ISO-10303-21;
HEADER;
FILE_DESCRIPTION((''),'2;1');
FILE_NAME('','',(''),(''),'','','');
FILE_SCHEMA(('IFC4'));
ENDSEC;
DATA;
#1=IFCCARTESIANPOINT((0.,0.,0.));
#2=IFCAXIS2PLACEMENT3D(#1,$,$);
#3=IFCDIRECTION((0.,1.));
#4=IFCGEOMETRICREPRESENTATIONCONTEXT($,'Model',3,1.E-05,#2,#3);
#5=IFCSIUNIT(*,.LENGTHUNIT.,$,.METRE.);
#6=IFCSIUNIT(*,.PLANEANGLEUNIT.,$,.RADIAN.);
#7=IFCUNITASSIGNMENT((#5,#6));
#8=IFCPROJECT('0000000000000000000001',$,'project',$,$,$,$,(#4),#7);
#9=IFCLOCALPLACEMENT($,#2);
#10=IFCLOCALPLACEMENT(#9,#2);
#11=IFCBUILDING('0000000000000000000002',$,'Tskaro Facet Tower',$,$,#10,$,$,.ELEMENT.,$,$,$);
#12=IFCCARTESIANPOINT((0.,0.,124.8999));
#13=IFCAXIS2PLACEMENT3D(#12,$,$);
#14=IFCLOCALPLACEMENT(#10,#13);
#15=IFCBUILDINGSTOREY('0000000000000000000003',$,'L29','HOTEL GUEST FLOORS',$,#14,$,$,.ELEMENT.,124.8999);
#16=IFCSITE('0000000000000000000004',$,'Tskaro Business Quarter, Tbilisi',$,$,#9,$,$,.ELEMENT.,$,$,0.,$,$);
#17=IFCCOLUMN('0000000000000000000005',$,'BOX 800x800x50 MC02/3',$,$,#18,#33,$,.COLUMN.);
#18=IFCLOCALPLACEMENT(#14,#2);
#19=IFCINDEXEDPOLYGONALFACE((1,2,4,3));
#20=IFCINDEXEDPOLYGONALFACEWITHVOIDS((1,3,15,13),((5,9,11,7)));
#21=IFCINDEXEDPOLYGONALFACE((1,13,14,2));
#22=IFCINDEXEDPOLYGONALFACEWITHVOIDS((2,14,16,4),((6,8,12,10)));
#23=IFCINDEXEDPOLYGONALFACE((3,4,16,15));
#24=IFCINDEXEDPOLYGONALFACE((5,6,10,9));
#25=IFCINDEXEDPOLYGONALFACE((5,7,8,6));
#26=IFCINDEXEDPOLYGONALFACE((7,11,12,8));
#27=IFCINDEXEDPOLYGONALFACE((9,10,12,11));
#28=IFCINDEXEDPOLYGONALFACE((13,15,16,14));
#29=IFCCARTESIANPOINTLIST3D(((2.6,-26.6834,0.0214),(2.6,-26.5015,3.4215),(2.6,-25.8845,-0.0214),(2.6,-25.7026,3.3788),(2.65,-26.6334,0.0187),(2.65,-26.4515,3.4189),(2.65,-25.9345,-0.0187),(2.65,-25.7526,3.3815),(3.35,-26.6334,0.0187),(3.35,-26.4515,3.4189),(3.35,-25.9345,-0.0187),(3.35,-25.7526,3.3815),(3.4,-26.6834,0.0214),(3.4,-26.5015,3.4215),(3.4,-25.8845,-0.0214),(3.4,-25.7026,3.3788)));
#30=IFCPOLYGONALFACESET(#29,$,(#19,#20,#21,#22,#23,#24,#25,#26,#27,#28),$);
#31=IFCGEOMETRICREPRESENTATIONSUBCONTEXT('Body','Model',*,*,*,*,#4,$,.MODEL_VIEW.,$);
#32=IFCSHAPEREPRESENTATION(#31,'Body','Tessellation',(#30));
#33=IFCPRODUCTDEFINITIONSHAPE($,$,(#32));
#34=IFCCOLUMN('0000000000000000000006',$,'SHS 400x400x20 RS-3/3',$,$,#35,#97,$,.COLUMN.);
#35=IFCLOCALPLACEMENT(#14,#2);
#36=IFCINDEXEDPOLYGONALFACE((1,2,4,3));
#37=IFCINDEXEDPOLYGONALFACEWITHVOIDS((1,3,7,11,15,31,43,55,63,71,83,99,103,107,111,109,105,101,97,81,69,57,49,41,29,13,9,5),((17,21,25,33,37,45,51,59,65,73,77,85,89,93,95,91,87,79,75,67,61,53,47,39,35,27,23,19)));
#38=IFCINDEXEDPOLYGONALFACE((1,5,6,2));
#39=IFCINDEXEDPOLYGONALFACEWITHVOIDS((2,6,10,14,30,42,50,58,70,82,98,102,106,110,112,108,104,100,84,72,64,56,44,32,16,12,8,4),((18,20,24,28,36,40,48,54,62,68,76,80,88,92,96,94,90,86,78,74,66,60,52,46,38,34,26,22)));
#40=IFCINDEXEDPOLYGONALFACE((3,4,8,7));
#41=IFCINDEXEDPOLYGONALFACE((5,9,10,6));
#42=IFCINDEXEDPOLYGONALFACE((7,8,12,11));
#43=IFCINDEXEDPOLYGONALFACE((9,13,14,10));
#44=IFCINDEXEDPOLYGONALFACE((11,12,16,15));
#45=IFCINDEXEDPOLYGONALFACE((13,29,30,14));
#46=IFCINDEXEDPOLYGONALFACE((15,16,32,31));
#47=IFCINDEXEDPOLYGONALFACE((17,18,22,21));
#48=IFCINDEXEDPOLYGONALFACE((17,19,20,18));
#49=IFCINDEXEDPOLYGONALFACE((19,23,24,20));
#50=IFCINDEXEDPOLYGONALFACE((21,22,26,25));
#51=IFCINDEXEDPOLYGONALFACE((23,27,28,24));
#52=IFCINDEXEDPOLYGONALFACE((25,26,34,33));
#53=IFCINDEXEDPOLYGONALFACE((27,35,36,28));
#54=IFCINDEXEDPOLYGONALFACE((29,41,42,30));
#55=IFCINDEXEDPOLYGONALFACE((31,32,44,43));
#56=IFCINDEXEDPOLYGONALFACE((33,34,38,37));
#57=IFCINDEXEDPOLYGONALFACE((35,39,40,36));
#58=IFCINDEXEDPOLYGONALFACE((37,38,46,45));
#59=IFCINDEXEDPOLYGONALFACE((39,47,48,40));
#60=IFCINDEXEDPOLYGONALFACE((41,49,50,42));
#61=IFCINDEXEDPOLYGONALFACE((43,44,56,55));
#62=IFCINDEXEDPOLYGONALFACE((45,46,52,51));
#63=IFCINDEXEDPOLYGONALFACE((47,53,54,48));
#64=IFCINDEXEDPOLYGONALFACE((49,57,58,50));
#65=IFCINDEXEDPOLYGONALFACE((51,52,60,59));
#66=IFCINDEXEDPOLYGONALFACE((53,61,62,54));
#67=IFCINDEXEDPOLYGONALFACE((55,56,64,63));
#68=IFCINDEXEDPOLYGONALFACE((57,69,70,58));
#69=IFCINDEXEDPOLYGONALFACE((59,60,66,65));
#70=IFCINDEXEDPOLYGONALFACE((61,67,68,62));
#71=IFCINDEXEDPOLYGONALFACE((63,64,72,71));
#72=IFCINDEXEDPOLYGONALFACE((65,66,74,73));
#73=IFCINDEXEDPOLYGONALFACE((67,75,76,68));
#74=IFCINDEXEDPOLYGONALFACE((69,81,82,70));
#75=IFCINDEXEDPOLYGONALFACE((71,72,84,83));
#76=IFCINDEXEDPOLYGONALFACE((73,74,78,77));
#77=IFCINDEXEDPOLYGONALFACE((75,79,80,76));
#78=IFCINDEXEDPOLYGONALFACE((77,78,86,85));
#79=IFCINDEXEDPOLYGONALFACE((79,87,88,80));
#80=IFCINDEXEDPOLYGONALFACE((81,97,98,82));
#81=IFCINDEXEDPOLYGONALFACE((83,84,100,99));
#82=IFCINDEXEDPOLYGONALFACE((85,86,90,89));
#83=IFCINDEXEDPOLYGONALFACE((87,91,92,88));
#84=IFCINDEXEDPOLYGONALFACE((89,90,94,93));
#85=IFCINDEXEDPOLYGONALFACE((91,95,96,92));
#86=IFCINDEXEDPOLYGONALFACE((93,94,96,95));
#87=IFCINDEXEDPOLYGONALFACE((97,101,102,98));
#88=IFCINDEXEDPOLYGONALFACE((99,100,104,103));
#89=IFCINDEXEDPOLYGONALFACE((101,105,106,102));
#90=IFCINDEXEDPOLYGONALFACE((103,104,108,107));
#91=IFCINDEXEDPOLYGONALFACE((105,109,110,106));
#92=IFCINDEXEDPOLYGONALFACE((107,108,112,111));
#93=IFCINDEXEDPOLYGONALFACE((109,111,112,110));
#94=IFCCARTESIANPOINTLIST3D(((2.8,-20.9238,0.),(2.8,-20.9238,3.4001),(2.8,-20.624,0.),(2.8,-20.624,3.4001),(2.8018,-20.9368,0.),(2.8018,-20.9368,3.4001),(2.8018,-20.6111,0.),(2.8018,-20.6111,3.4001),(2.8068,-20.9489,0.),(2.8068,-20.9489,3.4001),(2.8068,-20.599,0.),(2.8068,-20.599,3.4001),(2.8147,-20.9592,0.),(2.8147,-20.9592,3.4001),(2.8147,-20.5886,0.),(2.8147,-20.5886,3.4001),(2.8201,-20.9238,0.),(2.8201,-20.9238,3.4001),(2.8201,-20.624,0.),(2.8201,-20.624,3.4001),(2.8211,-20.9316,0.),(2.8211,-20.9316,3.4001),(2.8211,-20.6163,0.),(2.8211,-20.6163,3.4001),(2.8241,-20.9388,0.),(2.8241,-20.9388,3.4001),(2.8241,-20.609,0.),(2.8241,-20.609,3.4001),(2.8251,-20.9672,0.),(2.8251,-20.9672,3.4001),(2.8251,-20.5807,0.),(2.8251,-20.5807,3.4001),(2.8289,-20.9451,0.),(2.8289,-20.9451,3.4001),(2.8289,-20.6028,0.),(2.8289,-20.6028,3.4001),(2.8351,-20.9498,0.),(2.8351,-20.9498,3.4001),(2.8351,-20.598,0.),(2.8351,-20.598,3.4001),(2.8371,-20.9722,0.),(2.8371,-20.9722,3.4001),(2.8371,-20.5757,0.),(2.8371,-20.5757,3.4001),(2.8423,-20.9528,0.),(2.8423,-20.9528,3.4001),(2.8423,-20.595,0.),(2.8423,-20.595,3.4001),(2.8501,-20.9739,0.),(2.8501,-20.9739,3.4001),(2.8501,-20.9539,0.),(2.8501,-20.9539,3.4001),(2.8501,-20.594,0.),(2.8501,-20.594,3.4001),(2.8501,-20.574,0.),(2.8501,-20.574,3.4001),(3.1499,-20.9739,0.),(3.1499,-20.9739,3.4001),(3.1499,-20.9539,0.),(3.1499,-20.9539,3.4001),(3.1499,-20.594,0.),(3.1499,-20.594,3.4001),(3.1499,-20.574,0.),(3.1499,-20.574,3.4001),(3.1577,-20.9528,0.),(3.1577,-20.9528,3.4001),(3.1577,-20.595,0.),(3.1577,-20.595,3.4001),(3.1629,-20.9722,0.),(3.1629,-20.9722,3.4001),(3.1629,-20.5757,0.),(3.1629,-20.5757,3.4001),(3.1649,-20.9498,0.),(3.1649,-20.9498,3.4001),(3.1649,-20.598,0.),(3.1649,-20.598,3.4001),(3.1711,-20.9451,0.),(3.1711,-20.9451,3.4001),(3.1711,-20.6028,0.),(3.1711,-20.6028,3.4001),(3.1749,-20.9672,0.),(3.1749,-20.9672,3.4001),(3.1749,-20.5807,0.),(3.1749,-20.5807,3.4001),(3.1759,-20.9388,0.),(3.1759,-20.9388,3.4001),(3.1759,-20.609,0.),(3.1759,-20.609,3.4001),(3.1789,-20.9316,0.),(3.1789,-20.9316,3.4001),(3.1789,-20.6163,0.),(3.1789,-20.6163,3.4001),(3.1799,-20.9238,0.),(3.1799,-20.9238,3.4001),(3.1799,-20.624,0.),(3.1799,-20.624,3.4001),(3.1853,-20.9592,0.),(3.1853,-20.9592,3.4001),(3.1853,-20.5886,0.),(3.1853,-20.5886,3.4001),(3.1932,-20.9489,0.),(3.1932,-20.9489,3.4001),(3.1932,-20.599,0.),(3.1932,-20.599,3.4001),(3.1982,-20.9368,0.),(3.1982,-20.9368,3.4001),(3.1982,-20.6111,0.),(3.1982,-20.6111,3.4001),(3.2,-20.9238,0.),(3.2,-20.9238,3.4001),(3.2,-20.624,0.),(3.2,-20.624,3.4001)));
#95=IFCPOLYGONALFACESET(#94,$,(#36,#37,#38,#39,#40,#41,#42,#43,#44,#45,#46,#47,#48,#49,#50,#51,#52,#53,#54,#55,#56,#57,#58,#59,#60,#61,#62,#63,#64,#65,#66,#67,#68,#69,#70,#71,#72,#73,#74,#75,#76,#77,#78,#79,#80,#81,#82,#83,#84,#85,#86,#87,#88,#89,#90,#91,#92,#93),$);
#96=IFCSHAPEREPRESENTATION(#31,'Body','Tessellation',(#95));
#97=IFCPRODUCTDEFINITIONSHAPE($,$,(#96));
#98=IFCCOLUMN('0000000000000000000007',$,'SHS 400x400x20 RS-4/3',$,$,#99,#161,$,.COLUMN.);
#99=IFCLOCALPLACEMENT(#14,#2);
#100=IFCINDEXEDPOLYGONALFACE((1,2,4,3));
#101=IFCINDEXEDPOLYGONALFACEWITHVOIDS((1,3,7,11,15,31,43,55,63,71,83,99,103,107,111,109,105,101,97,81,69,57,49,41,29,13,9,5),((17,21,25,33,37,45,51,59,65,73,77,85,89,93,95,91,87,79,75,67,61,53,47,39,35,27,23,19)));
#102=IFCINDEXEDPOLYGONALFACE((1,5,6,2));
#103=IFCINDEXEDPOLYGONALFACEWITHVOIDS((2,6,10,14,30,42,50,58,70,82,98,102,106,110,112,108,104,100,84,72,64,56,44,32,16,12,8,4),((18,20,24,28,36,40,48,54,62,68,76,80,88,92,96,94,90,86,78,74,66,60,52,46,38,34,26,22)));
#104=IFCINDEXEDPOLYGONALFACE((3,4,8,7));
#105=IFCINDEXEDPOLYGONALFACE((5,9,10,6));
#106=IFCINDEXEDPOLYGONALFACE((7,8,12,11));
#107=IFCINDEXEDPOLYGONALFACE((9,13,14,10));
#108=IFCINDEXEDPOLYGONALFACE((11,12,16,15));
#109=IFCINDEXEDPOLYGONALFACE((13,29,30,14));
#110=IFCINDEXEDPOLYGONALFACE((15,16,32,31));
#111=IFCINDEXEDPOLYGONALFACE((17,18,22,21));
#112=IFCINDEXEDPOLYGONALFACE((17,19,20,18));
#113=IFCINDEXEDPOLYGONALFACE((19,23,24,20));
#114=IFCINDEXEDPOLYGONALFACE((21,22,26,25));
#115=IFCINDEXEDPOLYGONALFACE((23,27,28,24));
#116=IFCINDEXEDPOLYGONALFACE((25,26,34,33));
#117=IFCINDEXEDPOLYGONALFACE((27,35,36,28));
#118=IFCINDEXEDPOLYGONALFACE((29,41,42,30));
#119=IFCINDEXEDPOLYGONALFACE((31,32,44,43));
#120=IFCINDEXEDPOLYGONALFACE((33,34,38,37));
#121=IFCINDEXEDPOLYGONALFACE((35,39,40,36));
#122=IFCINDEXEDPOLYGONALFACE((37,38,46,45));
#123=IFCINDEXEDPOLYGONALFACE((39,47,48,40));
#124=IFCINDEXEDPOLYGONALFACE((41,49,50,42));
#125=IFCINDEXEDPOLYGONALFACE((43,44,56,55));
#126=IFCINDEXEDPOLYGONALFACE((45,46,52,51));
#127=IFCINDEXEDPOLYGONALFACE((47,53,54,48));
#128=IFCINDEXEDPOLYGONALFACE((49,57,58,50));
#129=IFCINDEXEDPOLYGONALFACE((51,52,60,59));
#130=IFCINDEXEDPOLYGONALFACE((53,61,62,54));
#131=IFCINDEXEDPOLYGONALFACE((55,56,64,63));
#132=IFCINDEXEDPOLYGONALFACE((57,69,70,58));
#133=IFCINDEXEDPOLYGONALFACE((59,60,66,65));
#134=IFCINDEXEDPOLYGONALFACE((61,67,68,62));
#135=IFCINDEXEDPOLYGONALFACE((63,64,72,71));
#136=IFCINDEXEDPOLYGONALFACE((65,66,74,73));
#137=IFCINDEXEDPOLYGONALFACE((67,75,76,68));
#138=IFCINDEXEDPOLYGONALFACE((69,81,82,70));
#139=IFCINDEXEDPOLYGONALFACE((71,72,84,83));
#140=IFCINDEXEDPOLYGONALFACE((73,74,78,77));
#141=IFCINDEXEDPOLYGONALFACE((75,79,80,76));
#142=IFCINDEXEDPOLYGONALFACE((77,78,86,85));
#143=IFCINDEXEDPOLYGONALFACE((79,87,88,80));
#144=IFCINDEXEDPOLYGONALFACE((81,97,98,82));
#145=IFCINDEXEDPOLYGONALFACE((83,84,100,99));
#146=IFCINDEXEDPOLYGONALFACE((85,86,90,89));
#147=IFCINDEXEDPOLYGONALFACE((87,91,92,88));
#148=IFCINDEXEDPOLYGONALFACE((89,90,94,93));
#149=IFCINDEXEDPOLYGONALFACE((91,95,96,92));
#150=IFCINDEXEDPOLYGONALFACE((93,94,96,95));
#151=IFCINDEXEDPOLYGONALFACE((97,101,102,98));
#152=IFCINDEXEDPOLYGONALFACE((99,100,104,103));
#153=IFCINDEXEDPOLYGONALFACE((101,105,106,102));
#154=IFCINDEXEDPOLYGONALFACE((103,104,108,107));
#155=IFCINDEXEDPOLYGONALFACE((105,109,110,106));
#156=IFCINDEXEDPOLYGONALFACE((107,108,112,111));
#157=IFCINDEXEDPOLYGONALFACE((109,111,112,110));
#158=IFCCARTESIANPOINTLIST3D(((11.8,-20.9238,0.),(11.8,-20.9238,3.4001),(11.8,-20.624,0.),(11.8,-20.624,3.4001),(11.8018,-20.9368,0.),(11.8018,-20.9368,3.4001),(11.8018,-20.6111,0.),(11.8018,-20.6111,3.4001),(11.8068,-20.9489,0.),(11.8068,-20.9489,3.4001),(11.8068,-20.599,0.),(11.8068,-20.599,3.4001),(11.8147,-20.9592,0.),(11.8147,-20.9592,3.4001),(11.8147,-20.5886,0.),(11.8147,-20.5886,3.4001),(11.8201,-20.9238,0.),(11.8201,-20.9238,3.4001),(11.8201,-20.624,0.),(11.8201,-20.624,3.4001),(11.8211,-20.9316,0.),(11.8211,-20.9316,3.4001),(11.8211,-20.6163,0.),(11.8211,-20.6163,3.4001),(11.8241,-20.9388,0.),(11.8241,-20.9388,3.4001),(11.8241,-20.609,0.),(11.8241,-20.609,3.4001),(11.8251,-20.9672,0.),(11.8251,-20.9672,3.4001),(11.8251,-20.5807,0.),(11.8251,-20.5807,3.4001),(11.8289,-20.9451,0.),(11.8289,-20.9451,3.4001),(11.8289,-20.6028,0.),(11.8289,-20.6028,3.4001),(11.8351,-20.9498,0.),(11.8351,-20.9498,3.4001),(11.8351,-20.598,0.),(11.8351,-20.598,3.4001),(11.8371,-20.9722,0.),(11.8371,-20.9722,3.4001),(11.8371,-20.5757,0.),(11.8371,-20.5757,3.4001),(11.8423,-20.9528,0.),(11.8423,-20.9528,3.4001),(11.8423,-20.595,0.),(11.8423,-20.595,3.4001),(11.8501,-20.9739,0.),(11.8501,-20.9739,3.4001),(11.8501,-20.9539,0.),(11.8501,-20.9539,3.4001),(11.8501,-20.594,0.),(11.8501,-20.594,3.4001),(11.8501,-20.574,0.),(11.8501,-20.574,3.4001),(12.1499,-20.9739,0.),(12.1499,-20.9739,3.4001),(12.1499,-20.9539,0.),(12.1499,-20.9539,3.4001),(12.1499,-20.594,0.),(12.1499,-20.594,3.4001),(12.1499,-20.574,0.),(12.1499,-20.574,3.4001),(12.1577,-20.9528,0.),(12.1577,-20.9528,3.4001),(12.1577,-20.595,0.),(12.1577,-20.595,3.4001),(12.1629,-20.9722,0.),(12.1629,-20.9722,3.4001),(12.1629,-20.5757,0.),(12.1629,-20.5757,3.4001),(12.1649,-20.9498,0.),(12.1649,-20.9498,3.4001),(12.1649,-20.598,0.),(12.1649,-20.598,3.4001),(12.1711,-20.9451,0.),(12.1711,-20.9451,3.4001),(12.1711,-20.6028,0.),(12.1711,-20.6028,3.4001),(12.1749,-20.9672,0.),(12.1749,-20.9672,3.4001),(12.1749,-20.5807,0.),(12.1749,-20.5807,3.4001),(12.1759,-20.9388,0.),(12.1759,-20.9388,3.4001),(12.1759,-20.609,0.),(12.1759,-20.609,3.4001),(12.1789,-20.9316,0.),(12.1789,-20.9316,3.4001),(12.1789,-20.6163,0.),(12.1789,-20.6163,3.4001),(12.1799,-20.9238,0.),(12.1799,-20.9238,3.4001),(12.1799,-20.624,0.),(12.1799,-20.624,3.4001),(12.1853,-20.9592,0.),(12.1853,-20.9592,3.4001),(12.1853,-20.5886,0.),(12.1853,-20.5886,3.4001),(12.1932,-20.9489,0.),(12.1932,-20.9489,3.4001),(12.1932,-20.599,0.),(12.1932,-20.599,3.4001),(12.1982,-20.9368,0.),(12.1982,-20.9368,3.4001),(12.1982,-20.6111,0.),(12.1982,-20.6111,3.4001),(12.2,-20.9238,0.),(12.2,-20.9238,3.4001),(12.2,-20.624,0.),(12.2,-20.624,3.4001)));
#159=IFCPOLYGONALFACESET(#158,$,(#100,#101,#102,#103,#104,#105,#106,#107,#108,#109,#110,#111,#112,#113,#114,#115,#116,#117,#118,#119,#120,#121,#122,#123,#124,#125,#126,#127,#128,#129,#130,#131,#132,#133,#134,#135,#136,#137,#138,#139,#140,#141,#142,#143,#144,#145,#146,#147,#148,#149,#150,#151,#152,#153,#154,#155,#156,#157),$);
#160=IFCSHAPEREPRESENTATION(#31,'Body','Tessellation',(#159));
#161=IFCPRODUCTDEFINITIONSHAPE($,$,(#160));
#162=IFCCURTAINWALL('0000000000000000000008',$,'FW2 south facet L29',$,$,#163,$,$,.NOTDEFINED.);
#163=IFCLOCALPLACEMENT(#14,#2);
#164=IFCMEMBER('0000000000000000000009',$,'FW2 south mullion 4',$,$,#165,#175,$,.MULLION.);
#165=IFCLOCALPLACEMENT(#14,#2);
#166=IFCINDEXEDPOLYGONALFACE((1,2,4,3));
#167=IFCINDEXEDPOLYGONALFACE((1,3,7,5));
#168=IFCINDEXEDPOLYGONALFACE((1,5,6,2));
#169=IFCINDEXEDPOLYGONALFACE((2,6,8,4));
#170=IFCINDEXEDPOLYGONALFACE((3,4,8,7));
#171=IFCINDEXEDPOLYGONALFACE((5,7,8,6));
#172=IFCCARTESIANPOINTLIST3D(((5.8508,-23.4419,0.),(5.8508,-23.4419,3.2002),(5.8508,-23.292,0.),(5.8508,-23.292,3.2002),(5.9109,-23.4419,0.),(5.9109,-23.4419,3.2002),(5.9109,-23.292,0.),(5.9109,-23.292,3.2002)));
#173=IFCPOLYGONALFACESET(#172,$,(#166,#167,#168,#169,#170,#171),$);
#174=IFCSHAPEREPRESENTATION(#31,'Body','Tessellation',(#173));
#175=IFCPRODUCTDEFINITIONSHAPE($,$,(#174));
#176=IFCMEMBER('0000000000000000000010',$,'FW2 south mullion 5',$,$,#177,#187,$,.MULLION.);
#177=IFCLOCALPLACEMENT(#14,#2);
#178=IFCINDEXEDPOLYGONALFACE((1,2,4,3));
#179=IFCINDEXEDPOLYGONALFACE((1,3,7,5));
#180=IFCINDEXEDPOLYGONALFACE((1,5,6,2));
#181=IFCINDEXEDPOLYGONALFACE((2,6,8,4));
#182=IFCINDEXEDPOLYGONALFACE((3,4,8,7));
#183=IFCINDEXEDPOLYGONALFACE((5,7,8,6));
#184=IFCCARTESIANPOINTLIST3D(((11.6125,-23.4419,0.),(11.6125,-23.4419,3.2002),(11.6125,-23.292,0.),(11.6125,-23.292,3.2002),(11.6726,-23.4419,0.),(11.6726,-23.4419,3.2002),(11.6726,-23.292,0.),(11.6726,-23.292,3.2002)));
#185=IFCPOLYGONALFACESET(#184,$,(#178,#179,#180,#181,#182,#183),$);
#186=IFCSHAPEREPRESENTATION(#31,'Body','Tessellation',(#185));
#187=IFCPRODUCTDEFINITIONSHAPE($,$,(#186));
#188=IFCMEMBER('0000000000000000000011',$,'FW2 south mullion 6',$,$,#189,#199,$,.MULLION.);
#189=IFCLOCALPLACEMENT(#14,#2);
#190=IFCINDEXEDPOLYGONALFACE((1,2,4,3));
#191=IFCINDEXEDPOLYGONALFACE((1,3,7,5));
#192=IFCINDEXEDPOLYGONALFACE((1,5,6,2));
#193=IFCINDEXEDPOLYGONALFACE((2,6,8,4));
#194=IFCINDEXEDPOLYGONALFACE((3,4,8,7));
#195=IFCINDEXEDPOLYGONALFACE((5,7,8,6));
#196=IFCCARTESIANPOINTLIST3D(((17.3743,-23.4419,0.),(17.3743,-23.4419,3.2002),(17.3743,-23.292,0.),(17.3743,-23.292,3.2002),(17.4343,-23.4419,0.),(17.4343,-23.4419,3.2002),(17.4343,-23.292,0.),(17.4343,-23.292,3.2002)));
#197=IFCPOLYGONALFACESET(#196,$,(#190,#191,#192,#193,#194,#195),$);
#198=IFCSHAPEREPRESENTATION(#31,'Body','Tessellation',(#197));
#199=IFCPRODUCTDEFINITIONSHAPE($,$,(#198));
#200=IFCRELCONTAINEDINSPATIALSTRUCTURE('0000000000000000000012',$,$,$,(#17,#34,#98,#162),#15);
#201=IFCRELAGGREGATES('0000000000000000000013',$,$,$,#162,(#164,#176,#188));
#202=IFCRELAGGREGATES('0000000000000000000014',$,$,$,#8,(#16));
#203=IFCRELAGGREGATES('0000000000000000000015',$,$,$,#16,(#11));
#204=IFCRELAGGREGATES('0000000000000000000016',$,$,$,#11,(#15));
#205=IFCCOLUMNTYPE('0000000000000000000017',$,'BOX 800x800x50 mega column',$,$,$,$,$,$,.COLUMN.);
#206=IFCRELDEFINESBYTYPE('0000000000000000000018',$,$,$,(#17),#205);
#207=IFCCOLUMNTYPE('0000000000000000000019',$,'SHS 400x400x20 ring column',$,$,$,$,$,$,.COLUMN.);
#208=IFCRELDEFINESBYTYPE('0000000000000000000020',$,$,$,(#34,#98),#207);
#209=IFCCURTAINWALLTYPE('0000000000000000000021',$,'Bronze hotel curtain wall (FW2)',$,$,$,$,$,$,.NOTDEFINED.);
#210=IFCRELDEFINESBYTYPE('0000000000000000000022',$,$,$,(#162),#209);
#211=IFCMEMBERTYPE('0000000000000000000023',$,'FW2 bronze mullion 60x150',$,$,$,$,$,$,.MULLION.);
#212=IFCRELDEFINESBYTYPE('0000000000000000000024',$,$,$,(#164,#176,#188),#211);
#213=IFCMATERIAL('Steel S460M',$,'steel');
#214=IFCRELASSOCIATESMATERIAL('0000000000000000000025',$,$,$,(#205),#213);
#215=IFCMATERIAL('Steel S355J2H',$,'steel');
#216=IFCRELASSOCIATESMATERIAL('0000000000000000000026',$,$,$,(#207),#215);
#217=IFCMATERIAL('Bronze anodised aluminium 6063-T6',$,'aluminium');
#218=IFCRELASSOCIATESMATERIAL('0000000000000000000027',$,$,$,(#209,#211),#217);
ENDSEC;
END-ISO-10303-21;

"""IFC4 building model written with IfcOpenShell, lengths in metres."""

from ifc_helpers import new_model, si_unit, direction, frame, origin, origin_2d, place, context, subcontext, project, spatial, rectangle, hollow_rectangle, extrude, material, material_profile, profile_set, type_object, element, aggregate, save


model = new_model("IFC4")

# Units and contexts
model_context = context("Model", 3, precision=1e-05, world=origin(), true_north=direction((0.0, 1.0)))
body_context = subcontext(model_context, "Body", "Model", "MODEL_VIEW")
ifc_project = project(units=[si_unit("LENGTHUNIT", "METRE"), si_unit("PLANEANGLEUNIT", "RADIAN")], contexts=[model_context])

# Site, building, storey
site_placement = place(None, origin())
site = spatial("IfcSite", under=ifc_project, at=site_placement, Name="Tskaro Business Quarter, Tbilisi", CompositionType="ELEMENT", RefElevation=0.0)
building_placement = place(site_placement, origin())
building = spatial("IfcBuilding", under=site, at=building_placement, Name="Tskaro Facet Tower", CompositionType="ELEMENT")
storey_placement = place(building_placement, frame((0.0, 0.0, 124.8999)))
storey = spatial("IfcBuildingStorey", under=building, at=storey_placement, Name="L29", Description="HOTEL GUEST FLOORS", CompositionType="ELEMENT", Elevation=124.8999)

# Columns
ifc_material_1 = material(Name="Steel S460M", Category="steel")
ifc_material_profile_1 = material_profile(ifc_material_1, hollow_rectangle(XDim=0.8, YDim=0.8, WallThickness=0.05, at=origin_2d()), Name="BOX 800x800x50")
ifc_profile_set_1 = profile_set([ifc_material_profile_1], Name="Steel S460M")
column_type_1 = type_object("IfcColumnType", Name="BOX 800x800x50 mega column", PredefinedType="COLUMN", material=ifc_profile_set_1)
column_placement = place(storey_placement, frame((3.0, -26.2839, 0.0), z_axis=(0.0, 0.053417, 0.998572), x_axis=(-1.0, 0.0, 0.0)))
element("IfcColumn", 1, at=column_placement, inside=storey, type_object=column_type_1, Name="BOX 800x800x50 MC02/3", PredefinedType="COLUMN", context=body_context, shape_type="SweptSolid", body=[
    extrude(hollow_rectangle(XDim=0.8, YDim=0.8, WallThickness=0.05, at=origin_2d()), origin(), (0.0, 0.0, 1.0), 3.405),
])
ifc_material_2 = material(Name="Steel S355J2H", Category="steel")
ifc_material_profile_2 = material_profile(ifc_material_2, hollow_rectangle(XDim=0.3999, YDim=0.3999, WallThickness=0.02, InnerFilletRadius=0.03, OuterFilletRadius=0.05, at=origin_2d()), Name="SHS 400x400x20")
ifc_profile_set_2 = profile_set([ifc_material_profile_2], Name="Steel S355J2H")
column_type_2 = type_object("IfcColumnType", Name="SHS 400x400x20 ring column", PredefinedType="COLUMN", material=ifc_profile_set_2)
for number, where, z_axis, x_axis, name in (
    (2, (3.0, -20.7739, 0.0), (0.0, 0.0, 1.0), (1.0, 0.0, 0.0), "SHS 400x400x20 RS-3/3"),
    (3, (12.0, -20.7739, 0.0), (0.0, 0.0, 1.0), (1.0, 0.0, 0.0), "SHS 400x400x20 RS-4/3"),
):
    element("IfcColumn", number, at=place(storey_placement, frame(where, z_axis=z_axis, x_axis=x_axis)), inside=storey, type_object=column_type_2, Name=name, PredefinedType="COLUMN", context=body_context, shape_type="SweptSolid", body=[
        extrude(hollow_rectangle(XDim=0.3999, YDim=0.3999, WallThickness=0.02, InnerFilletRadius=0.03, OuterFilletRadius=0.05, at=origin_2d()), origin(), (0.0, 0.0, 1.0), 3.4001),
    ])

# Curtain wall, members
ifc_material_3 = material(Name="Bronze anodised aluminium 6063-T6", Category="aluminium")
curtain_wall_type = type_object("IfcCurtainWallType", Name="Bronze hotel curtain wall (FW2)", PredefinedType="NOTDEFINED", material=ifc_material_3)
curtain_wall_placement = place(storey_placement, origin())
curtain_wall = element("IfcCurtainWall", 4, at=curtain_wall_placement, inside=storey, type_object=curtain_wall_type, Name="FW2 south facet L29", PredefinedType="NOTDEFINED")
ifc_material_profile_3 = material_profile(ifc_material_3, rectangle(XDim=0.0601, YDim=0.1499, at=origin_2d()), Name="Mullion 60x150")
ifc_profile_set_3 = profile_set([ifc_material_profile_3], Name="Bronze anodised aluminium 6063-T6")
member_type_1 = type_object("IfcMemberType", Name="FW2 bronze mullion 60x150", PredefinedType="MULLION", material=ifc_profile_set_3)
member_1_placement = place(storey_placement, frame((5.8809, -23.3669, 0.0), z_axis=(0.0, 0.0, 1.0), x_axis=(1.0, 0.0, 0.0)))
member_1 = element("IfcMember", 5, at=member_1_placement, type_object=member_type_1, Name="FW2 south mullion 4", PredefinedType="MULLION", context=body_context, shape_type="SweptSolid", body=[
    extrude(rectangle(XDim=0.0601, YDim=0.1499, at=origin_2d()), origin(), (0.0, 0.0, 1.0), 3.2002),
])
member_2_placement = place(storey_placement, frame((11.6426, -23.3669, 0.0), z_axis=(0.0, 0.0, 1.0), x_axis=(1.0, 0.0, 0.0)))
member_2 = element("IfcMember", 6, at=member_2_placement, type_object=member_type_1, Name="FW2 south mullion 5", PredefinedType="MULLION", context=body_context, shape_type="SweptSolid", body=[
    extrude(rectangle(XDim=0.0601, YDim=0.1499, at=origin_2d()), origin(), (0.0, 0.0, 1.0), 3.2002),
])
member_3_placement = place(storey_placement, frame((17.4043, -23.3669, 0.0), z_axis=(0.0, 0.0, 1.0), x_axis=(1.0, 0.0, 0.0)))
member_3 = element("IfcMember", 7, at=member_3_placement, type_object=member_type_1, Name="FW2 south mullion 6", PredefinedType="MULLION", context=body_context, shape_type="SweptSolid", body=[
    extrude(rectangle(XDim=0.0601, YDim=0.1499, at=origin_2d()), origin(), (0.0, 0.0, 1.0), 3.2002),
])

aggregate(curtain_wall, [member_1, member_2, member_3])

save(model, "model.ifc")
